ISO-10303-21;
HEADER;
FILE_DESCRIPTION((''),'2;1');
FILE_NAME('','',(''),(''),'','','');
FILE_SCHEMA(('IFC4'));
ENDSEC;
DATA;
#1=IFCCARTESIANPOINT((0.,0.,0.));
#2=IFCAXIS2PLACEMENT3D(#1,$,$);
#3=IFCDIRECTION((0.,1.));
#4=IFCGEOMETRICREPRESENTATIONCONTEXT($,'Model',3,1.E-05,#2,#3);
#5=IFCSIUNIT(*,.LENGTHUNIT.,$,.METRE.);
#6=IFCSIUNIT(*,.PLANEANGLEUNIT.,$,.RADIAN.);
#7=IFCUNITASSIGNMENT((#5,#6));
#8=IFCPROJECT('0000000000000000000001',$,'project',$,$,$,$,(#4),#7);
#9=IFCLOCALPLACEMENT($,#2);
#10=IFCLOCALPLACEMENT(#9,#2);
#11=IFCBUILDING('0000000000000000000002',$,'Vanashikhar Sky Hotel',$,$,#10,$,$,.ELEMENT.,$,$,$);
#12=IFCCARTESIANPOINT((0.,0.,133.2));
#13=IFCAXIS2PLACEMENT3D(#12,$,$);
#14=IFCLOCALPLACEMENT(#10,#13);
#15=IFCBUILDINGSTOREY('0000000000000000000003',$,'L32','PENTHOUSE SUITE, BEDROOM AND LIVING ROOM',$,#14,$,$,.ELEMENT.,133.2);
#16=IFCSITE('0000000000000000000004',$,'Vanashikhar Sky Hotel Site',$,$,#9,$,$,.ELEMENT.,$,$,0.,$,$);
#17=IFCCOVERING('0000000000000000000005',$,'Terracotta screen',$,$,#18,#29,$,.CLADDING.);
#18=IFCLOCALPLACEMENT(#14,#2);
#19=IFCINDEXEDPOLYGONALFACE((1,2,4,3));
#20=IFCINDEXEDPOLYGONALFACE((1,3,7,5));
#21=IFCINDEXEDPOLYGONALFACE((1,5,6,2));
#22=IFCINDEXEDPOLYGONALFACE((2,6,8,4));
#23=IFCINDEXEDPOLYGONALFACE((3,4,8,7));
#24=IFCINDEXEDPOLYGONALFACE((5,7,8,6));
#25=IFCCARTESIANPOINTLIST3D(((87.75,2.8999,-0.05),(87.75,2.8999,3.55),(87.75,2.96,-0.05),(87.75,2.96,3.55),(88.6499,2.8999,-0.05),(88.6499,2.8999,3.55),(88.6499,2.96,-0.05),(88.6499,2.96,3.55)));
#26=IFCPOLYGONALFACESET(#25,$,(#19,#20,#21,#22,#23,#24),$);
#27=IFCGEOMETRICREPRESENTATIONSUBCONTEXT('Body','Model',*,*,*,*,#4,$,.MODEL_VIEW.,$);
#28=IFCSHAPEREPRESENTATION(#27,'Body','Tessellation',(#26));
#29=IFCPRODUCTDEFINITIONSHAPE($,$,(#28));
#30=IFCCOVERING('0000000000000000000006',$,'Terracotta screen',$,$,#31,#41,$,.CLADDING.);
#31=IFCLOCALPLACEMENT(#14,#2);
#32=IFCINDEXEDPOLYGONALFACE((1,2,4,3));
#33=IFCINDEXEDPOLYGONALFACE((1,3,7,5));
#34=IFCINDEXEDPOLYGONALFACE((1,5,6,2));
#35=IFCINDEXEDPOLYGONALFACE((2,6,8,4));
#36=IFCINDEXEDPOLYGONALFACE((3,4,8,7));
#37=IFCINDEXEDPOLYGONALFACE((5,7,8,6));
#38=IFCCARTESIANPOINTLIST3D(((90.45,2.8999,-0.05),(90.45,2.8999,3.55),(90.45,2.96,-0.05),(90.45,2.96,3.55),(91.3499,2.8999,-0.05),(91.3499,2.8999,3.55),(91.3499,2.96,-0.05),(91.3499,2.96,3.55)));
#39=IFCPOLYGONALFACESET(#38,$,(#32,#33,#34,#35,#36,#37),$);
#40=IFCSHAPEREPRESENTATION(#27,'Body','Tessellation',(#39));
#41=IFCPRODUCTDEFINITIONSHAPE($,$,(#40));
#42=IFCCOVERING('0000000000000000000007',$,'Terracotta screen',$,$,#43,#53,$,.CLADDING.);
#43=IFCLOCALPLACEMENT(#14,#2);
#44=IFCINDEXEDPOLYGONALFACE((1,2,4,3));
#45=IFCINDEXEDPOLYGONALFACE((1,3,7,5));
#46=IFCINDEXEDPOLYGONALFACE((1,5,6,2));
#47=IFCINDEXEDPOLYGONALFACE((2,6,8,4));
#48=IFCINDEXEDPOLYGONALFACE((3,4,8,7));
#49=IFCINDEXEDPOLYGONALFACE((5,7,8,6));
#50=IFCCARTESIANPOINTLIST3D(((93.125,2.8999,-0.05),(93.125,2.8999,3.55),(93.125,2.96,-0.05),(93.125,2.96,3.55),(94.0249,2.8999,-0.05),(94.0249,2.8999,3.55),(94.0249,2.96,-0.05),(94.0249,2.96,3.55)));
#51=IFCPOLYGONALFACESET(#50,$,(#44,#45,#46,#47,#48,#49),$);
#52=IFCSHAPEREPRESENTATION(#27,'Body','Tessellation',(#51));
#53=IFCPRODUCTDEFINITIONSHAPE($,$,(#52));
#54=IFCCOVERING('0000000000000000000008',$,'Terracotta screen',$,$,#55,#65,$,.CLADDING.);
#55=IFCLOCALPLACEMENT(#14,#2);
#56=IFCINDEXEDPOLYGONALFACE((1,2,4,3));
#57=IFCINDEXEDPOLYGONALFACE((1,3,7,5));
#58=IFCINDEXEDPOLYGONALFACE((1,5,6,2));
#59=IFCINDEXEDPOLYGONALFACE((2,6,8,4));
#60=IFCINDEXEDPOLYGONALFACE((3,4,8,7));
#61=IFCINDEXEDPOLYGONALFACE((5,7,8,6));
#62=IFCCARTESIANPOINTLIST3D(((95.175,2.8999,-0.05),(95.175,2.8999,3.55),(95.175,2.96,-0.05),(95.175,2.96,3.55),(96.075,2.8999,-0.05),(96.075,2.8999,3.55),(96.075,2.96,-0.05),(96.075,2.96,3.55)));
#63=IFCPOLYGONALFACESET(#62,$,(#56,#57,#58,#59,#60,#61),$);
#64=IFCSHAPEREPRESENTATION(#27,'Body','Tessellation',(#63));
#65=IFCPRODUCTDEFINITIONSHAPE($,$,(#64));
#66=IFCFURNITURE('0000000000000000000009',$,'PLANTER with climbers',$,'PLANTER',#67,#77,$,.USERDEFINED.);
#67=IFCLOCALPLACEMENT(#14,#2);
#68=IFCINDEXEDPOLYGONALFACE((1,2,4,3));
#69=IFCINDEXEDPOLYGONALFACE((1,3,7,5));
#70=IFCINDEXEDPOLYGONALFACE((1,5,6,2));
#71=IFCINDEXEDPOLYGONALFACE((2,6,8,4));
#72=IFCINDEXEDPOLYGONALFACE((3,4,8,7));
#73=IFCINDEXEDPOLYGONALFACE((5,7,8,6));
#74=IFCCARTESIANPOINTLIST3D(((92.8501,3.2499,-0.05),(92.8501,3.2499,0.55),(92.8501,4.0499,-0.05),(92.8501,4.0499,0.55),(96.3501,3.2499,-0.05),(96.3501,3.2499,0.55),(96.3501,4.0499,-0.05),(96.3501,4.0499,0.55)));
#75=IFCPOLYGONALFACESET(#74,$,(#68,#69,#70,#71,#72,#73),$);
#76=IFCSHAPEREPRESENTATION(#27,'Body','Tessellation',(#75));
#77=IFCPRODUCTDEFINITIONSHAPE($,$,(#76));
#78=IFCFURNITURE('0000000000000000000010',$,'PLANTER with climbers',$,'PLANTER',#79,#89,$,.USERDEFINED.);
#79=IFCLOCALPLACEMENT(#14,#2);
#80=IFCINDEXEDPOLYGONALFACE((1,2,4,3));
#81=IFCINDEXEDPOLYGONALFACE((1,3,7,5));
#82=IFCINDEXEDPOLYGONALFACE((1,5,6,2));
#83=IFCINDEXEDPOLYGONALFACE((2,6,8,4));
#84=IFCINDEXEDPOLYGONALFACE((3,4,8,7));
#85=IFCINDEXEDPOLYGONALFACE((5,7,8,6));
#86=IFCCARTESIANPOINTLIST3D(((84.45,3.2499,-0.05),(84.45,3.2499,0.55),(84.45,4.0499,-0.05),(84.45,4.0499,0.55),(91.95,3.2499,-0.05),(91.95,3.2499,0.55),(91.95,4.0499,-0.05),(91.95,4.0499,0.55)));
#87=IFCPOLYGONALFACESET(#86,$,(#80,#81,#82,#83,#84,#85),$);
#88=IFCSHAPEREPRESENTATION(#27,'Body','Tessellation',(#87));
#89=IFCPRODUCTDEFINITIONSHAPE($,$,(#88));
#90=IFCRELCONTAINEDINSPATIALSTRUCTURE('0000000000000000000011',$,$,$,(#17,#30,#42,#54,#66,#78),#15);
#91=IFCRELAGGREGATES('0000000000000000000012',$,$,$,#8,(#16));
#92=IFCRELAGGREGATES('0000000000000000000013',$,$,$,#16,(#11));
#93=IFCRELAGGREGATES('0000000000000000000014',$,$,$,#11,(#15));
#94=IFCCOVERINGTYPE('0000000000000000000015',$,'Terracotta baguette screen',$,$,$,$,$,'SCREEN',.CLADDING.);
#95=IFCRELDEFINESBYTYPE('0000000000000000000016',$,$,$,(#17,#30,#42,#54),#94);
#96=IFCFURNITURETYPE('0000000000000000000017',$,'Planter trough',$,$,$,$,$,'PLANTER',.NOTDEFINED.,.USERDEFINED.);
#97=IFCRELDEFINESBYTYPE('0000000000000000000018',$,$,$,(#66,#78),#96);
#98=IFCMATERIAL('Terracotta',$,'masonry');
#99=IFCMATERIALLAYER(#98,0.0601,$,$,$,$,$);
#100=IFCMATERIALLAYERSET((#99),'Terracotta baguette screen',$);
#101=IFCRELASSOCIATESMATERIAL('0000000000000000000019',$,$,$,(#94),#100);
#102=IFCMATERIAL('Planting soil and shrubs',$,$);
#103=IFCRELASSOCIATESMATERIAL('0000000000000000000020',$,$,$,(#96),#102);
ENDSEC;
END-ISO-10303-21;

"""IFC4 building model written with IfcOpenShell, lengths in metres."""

from ifc_helpers import new_model, si_unit, direction, frame, origin, origin_2d, place, context, subcontext, project, spatial, rectangle, extrude, source, transform, mapped, material, layer, layer_set, type_object, element, save


model = new_model("IFC4")

# Units and contexts
model_context = context("Model", 3, precision=1e-05, world=origin(), true_north=direction((0.0, 1.0)))
body_context = subcontext(model_context, "Body", "Model", "MODEL_VIEW")
ifc_project = project(units=[si_unit("LENGTHUNIT", "METRE"), si_unit("PLANEANGLEUNIT", "RADIAN")], contexts=[model_context])

# Site, building, storey
site_placement = place(None, origin())
site = spatial("IfcSite", under=ifc_project, at=site_placement, Name="Vanashikhar Sky Hotel Site", CompositionType="ELEMENT", RefElevation=0.0)
building_placement = place(site_placement, origin())
building = spatial("IfcBuilding", under=site, at=building_placement, Name="Vanashikhar Sky Hotel", CompositionType="ELEMENT")
storey_placement = place(building_placement, frame((0.0, 0.0, 133.2)))
storey = spatial("IfcBuildingStorey", under=building, at=storey_placement, Name="L32", Description="PENTHOUSE SUITE, BEDROOM AND LIVING ROOM", CompositionType="ELEMENT", Elevation=133.2)

# Coverings
ifc_material_1 = material(Name="Terracotta", Category="masonry")
ifc_layer_1 = layer(ifc_material_1, 0.0601)
ifc_layer_set_1 = layer_set([ifc_layer_1], Name="Terracotta baguette screen")
covering_type = type_object("IfcCoveringType", Name="Terracotta baguette screen", ElementType="SCREEN", PredefinedType="CLADDING", material=ifc_layer_set_1)
shared_shape_1 = source(origin(), body_context, "Body", "SweptSolid", [
    extrude(rectangle(XDim=0.8999, YDim=0.0601, at=origin_2d()), origin(), (0.0, 0.0, 1.0), 3.6001),
])
for number, where, z_axis, x_axis, name in (
    (1, (88.2, 2.9299, -0.05), (0.0, 0.0, 1.0), (1.0, 0.0, 0.0), "Terracotta screen"),
    (2, (90.8999, 2.9299, -0.05), (0.0, 0.0, 1.0), (1.0, 0.0, 0.0), "Terracotta screen"),
    (3, (93.575, 2.9299, -0.05), (0.0, 0.0, 1.0), (1.0, 0.0, 0.0), "Terracotta screen"),
    (4, (95.625, 2.9299, -0.05), (0.0, 0.0, 1.0), (1.0, 0.0, 0.0), "Terracotta screen"),
):
    element("IfcCovering", number, at=place(storey_placement, frame(where, z_axis=z_axis, x_axis=x_axis)), inside=storey, type_object=covering_type, Name=name, PredefinedType="CLADDING", context=body_context, shape_type="MappedRepresentation", body=[
        mapped(shared_shape_1, transform((0.0, 0.0, 0.0), scale=1.0)),
    ])

# Furniture
ifc_material_2 = material(Name="Planting soil and shrubs")
furniture_type = type_object("IfcFurnitureType", Name="Planter trough", ElementType="PLANTER", AssemblyPlace="NOTDEFINED", PredefinedType="USERDEFINED", material=ifc_material_2)
shared_shape_2 = source(origin(), body_context, "Body", "SweptSolid", [
    extrude(rectangle(XDim=3.5, YDim=0.8, at=origin_2d()), origin(), (0.0, 0.0, 1.0), 0.6001),
])
furniture_1_placement = place(storey_placement, frame((94.6001, 3.6499, -0.05), z_axis=(0.0, 0.0, 1.0), x_axis=(1.0, 0.0, 0.0)))
element("IfcFurniture", 5, at=furniture_1_placement, inside=storey, type_object=furniture_type, Name="PLANTER with climbers", ObjectType="PLANTER", PredefinedType="USERDEFINED", context=body_context, shape_type="MappedRepresentation", body=[
    mapped(shared_shape_2, transform((0.0, 0.0, 0.0), scale=1.0)),
])
shared_shape_3 = source(origin(), body_context, "Body", "SweptSolid", [
    extrude(rectangle(XDim=7.5, YDim=0.8, at=origin_2d()), origin(), (0.0, 0.0, 1.0), 0.6001),
])
furniture_2_placement = place(storey_placement, frame((88.2, 3.6499, -0.05), z_axis=(0.0, 0.0, 1.0), x_axis=(1.0, 0.0, 0.0)))
element("IfcFurniture", 6, at=furniture_2_placement, inside=storey, type_object=furniture_type, Name="PLANTER with climbers", ObjectType="PLANTER", PredefinedType="USERDEFINED", context=body_context, shape_type="MappedRepresentation", body=[
    mapped(shared_shape_3, transform((0.0, 0.0, 0.0), scale=1.0)),
])

save(model, "model.ifc")
